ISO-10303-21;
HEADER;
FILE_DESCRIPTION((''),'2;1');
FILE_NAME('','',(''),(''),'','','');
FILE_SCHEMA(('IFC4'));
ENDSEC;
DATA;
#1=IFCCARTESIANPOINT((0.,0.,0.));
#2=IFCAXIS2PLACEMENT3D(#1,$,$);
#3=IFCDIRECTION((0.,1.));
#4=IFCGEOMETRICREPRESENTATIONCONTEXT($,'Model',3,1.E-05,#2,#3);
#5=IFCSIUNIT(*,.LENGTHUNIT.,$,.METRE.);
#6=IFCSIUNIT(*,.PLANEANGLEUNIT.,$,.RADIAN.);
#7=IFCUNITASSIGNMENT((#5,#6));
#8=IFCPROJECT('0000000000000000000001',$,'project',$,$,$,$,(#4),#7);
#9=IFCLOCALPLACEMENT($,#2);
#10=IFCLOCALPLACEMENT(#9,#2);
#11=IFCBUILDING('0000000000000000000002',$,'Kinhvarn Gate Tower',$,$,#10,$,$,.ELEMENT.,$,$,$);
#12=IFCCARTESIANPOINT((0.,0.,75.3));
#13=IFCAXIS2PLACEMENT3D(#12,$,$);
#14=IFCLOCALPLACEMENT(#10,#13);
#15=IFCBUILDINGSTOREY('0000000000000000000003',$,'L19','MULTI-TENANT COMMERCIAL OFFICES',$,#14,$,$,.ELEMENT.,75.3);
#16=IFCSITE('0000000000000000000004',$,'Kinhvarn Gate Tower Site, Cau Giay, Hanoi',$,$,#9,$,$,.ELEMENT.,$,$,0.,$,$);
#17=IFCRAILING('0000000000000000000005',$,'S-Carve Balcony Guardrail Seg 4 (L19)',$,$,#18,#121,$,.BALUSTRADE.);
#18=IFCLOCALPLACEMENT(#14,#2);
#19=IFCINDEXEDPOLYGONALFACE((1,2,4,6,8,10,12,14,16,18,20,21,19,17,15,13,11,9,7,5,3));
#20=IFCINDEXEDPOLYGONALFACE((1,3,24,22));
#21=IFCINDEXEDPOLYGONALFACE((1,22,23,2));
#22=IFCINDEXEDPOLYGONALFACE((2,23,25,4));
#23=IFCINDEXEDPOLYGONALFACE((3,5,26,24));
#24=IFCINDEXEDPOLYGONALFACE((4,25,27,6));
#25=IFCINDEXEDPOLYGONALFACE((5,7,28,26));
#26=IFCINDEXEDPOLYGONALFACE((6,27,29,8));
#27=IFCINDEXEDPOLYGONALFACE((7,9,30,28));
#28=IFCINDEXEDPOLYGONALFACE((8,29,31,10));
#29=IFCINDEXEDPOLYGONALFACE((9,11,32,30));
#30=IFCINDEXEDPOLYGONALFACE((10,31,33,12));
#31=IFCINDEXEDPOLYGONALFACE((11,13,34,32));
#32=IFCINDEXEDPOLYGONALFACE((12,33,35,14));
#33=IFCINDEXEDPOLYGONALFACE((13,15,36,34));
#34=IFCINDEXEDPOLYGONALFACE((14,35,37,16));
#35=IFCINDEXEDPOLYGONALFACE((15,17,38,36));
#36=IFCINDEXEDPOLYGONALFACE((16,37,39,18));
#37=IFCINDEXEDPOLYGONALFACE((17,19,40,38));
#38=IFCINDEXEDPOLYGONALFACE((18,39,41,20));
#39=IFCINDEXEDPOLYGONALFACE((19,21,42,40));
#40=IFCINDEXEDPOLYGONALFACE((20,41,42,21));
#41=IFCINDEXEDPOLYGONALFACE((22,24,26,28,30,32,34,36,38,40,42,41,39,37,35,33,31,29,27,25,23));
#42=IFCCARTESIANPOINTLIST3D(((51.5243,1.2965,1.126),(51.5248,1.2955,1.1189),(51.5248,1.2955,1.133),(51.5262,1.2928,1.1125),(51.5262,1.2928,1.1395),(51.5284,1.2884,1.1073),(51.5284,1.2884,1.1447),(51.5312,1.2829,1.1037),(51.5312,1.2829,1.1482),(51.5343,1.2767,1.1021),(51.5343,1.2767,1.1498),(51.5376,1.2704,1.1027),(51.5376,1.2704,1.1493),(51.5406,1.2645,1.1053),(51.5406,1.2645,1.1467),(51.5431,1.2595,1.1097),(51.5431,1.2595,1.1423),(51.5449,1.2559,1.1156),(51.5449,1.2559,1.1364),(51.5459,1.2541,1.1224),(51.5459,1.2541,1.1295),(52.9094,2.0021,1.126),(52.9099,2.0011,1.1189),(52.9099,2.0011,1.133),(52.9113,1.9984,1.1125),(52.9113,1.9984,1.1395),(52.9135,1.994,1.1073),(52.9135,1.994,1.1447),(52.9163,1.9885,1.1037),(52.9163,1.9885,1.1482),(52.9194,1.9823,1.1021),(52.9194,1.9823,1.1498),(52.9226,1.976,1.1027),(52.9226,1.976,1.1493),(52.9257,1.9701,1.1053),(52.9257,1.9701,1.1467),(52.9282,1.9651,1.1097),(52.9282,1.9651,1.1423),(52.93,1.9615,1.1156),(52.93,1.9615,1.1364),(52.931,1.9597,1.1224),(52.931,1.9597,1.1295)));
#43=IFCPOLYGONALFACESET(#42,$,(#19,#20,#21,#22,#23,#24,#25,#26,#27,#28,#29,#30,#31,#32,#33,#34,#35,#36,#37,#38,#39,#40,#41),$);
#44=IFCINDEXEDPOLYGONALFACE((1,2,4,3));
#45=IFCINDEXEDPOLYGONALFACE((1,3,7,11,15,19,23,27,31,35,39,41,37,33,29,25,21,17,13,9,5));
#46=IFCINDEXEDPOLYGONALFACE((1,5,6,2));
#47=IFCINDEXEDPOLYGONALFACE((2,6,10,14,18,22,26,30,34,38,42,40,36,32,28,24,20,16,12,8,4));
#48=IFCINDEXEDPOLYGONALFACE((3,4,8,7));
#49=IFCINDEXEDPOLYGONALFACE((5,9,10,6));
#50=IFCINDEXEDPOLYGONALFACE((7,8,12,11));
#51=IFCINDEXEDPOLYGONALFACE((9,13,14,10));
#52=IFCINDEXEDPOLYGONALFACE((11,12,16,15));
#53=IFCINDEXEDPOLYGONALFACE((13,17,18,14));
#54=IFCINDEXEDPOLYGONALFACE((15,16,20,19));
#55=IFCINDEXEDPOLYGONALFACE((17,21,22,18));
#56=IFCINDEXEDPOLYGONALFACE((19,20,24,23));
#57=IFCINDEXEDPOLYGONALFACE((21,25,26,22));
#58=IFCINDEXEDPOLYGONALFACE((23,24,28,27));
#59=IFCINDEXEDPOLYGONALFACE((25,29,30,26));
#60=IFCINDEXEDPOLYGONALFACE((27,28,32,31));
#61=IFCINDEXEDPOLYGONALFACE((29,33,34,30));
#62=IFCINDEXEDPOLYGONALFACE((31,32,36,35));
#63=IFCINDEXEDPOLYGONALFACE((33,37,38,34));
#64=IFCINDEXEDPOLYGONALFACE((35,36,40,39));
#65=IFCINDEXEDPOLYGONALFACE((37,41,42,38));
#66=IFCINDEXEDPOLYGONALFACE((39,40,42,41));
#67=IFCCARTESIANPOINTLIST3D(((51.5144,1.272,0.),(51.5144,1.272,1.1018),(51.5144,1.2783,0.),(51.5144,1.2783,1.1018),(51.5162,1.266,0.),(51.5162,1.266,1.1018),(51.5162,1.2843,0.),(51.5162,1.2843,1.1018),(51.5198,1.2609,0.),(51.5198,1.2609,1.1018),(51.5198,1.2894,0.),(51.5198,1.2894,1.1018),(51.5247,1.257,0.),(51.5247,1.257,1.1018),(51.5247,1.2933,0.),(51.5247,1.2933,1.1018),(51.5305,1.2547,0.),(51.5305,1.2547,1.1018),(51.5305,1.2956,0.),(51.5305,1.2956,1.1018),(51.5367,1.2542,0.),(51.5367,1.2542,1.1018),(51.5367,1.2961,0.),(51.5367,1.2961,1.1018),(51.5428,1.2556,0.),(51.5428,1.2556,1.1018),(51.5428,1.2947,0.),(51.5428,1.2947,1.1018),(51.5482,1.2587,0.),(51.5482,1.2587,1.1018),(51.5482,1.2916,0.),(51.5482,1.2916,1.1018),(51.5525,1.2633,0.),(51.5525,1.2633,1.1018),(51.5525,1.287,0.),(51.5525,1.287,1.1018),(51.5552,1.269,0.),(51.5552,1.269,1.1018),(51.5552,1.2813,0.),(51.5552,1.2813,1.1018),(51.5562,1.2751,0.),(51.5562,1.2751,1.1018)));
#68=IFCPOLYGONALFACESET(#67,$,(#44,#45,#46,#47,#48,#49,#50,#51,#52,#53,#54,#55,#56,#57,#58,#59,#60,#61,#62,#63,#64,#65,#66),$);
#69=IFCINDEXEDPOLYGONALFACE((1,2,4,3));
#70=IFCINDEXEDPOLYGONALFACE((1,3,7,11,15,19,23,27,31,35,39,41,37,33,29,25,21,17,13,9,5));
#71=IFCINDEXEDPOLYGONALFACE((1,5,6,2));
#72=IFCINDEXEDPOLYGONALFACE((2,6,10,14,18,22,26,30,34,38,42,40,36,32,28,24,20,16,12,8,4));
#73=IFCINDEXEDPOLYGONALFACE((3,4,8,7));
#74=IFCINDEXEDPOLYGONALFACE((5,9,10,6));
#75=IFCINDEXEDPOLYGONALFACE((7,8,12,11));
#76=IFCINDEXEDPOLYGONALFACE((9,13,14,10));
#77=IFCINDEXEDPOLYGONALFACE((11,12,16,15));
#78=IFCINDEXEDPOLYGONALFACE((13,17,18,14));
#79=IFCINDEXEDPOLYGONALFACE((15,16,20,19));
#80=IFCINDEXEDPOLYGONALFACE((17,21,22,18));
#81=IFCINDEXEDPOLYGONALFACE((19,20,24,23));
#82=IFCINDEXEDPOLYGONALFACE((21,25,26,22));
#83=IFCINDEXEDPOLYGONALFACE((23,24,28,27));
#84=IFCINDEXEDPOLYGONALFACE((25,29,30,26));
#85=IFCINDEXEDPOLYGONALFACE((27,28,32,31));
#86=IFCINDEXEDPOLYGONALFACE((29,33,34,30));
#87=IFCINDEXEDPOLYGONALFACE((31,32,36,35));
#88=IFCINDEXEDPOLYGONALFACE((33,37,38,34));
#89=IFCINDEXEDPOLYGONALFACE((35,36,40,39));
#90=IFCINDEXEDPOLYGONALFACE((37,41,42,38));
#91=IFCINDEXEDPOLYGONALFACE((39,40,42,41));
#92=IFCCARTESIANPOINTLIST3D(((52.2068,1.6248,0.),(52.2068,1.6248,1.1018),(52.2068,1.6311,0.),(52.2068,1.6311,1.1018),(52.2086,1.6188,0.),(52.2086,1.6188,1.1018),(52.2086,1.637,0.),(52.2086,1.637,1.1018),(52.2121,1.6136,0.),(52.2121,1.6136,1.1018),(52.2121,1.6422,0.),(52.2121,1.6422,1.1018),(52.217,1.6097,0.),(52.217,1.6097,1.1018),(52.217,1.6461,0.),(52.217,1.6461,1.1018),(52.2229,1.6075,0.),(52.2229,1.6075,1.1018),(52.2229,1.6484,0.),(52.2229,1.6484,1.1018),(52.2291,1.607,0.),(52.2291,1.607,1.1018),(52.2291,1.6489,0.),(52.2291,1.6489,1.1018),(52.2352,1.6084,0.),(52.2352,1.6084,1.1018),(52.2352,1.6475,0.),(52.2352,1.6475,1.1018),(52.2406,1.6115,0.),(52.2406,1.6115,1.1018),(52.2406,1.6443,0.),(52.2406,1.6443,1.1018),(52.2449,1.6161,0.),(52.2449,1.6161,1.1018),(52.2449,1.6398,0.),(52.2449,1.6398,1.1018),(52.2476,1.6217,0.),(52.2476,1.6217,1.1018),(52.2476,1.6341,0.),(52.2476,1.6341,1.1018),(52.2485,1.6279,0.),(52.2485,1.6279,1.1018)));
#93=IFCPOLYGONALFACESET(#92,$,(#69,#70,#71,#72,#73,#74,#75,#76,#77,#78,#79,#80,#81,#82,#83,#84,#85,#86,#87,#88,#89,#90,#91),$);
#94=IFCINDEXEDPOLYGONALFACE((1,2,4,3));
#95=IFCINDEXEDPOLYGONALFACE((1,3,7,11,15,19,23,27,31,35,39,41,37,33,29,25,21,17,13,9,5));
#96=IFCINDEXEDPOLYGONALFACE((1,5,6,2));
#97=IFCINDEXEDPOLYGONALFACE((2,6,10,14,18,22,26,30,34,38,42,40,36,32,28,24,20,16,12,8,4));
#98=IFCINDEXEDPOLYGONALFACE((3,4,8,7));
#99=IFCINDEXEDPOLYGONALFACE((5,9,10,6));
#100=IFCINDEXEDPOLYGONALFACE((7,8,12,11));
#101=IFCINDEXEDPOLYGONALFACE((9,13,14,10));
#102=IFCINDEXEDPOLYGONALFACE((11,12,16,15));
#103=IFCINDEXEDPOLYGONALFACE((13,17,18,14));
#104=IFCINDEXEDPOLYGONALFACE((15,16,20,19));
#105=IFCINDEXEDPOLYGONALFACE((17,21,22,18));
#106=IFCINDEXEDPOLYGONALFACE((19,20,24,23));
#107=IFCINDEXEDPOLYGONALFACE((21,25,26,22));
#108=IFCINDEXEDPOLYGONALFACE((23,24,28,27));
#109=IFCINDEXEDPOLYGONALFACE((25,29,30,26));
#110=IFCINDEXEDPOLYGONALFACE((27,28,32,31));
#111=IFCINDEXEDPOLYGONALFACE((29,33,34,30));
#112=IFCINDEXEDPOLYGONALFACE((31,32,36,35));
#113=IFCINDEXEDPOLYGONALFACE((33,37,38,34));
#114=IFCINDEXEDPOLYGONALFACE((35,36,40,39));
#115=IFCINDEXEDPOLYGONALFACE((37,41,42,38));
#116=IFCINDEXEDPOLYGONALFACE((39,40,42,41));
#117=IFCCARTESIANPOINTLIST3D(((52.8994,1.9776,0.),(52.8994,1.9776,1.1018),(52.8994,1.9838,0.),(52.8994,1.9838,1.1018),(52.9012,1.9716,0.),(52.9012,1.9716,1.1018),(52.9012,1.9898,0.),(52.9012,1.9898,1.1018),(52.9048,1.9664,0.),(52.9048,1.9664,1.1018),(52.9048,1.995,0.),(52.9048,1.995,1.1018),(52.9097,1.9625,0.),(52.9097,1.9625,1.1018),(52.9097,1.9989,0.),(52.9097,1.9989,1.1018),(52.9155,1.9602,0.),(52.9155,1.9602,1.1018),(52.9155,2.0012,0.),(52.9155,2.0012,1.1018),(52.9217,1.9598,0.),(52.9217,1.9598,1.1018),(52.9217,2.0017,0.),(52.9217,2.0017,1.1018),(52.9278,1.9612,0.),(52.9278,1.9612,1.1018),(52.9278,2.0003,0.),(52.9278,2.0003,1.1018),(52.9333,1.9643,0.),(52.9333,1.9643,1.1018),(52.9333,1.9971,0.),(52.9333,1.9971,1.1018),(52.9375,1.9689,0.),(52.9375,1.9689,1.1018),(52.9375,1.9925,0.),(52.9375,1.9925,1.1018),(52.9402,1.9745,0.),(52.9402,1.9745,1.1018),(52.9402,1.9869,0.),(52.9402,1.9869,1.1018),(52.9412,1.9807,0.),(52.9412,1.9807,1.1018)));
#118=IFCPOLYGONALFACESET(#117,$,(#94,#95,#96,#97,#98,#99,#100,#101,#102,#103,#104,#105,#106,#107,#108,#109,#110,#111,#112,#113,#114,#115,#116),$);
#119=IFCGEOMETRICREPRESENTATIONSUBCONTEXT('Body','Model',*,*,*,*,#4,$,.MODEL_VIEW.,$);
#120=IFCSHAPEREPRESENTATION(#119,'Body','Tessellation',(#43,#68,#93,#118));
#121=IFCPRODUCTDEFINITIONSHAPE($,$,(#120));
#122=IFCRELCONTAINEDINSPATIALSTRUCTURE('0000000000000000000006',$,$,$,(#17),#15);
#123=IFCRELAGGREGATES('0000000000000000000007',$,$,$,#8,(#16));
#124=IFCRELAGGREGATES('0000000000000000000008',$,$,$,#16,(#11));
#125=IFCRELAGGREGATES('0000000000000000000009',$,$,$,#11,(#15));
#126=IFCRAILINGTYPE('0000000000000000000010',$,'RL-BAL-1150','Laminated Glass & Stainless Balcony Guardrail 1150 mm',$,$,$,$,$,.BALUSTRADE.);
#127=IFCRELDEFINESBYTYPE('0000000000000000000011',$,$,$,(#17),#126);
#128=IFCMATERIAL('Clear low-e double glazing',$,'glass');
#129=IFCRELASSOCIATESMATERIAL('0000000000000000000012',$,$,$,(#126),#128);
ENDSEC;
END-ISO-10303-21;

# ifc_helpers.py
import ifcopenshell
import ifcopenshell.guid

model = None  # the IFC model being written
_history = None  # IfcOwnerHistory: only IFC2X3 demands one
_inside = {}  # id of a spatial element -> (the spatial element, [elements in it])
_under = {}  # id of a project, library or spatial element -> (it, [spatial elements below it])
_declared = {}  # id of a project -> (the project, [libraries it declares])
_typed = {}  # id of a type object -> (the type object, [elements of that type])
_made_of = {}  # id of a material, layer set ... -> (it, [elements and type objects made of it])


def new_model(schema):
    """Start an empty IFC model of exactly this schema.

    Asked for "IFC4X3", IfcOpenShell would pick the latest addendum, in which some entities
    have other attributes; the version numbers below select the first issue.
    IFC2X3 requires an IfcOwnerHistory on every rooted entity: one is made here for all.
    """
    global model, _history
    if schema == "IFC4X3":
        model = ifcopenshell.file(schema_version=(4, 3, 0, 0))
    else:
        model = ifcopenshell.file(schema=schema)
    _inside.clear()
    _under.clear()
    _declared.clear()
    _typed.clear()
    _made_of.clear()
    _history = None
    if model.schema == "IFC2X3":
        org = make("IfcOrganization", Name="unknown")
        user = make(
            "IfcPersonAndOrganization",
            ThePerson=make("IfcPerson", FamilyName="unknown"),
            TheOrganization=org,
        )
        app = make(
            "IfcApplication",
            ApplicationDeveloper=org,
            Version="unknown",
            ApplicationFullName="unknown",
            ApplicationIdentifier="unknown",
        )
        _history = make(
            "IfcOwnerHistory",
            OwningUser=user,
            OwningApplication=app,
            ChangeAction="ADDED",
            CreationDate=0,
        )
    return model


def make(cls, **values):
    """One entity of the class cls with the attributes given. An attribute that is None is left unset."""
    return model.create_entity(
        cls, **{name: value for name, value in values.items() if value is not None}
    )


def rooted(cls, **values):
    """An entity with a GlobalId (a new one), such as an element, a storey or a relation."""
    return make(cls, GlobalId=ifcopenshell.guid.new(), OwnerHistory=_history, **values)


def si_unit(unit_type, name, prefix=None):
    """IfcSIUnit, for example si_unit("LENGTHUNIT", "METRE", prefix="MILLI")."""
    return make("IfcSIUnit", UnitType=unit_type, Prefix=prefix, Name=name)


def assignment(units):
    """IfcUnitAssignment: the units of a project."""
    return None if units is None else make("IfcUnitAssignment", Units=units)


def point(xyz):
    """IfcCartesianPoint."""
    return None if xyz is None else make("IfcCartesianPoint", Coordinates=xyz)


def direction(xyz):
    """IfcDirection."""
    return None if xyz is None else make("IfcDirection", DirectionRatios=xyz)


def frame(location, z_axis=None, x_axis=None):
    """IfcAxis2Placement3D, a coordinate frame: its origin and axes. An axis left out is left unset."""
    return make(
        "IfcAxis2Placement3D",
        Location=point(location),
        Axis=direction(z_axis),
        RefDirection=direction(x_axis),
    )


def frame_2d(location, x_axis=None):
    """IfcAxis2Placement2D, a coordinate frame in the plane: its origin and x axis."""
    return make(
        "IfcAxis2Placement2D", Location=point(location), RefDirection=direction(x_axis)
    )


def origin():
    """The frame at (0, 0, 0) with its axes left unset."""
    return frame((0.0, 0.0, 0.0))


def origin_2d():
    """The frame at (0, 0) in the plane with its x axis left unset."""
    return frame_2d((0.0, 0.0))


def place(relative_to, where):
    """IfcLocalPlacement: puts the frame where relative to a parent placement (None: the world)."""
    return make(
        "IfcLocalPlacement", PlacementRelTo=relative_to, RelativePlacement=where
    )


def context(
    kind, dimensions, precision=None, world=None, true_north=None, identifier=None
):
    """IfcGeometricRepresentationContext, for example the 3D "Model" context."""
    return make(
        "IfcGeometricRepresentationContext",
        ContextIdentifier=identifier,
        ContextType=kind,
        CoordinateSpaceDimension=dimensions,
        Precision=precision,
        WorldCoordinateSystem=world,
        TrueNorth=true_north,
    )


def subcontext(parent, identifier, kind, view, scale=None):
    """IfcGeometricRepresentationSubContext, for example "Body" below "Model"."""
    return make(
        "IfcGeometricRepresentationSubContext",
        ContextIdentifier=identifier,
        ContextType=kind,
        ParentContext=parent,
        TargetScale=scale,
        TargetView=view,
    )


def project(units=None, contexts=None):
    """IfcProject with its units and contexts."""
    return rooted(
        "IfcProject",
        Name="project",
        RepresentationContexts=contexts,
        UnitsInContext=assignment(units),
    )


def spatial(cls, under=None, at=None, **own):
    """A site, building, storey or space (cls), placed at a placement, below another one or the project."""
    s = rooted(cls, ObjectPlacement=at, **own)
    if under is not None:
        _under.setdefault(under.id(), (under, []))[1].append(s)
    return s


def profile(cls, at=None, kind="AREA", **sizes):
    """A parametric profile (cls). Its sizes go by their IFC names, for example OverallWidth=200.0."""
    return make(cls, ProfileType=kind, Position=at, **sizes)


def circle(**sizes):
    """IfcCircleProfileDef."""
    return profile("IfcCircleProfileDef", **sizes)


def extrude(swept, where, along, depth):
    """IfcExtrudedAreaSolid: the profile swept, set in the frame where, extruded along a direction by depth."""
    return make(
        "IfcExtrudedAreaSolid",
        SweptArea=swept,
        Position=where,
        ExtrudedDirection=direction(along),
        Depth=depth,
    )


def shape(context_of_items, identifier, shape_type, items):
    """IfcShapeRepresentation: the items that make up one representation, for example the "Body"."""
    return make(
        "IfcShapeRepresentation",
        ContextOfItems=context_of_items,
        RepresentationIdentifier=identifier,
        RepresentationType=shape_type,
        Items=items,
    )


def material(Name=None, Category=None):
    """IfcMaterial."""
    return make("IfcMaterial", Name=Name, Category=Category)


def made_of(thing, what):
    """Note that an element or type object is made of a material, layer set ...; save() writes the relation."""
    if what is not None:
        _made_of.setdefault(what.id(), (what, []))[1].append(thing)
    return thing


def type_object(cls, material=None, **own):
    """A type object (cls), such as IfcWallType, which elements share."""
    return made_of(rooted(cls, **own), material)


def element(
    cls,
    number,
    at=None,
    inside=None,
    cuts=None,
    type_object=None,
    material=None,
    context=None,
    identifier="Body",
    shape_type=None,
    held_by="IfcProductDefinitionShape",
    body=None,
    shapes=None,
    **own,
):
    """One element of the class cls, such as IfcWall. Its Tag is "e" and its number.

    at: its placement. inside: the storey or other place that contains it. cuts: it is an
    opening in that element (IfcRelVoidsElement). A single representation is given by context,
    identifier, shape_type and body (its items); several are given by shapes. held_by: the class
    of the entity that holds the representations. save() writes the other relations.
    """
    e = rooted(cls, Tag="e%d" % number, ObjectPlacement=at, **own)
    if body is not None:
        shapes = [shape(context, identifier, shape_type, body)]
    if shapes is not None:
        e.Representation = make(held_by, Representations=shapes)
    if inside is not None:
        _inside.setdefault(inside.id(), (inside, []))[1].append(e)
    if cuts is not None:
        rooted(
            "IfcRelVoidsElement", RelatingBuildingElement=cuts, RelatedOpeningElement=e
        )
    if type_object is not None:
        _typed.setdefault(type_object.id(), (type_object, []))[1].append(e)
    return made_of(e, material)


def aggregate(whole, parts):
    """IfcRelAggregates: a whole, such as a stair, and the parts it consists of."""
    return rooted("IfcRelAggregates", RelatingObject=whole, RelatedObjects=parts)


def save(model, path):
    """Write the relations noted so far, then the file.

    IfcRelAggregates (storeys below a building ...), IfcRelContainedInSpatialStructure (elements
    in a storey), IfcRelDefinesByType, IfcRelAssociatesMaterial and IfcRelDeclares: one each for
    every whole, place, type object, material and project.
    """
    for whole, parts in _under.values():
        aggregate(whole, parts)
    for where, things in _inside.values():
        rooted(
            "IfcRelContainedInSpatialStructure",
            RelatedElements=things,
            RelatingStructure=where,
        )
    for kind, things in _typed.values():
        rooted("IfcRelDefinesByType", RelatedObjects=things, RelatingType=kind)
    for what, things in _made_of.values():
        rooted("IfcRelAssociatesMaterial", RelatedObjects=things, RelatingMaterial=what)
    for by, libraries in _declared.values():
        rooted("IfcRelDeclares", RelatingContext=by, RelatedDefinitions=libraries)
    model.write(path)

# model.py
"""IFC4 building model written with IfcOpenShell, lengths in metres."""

from ifc_helpers import new_model, si_unit, direction, frame, origin, origin_2d, place, context, subcontext, project, spatial, circle, extrude, material, type_object, element, save


model = new_model("IFC4")

# Units and contexts
model_context = context("Model", 3, precision=1e-05, world=origin(), true_north=direction((0.0, 1.0)))
body_context = subcontext(model_context, "Body", "Model", "MODEL_VIEW")
ifc_project = project(units=[si_unit("LENGTHUNIT", "METRE"), si_unit("PLANEANGLEUNIT", "RADIAN")], contexts=[model_context])

# Site, building, storey
site_placement = place(None, origin())
site = spatial("IfcSite", under=ifc_project, at=site_placement, Name="Kinhvarn Gate Tower Site, Cau Giay, Hanoi", CompositionType="ELEMENT", RefElevation=0.0)
building_placement = place(site_placement, origin())
building = spatial("IfcBuilding", under=site, at=building_placement, Name="Kinhvarn Gate Tower", CompositionType="ELEMENT")
storey_placement = place(building_placement, frame((0.0, 0.0, 75.3)))
storey = spatial("IfcBuildingStorey", under=building, at=storey_placement, Name="L19", Description="MULTI-TENANT COMMERCIAL OFFICES", CompositionType="ELEMENT", Elevation=75.3)

# Shared definitions
ifc_material_1 = material(Name="Clear low-e double glazing", Category="glass")

# Railing
railing_type = type_object("IfcRailingType", Name="RL-BAL-1150", Description="Laminated Glass & Stainless Balcony Guardrail 1150 mm", PredefinedType="BALUSTRADE", material=ifc_material_1)
railing_1_placement = place(storey_placement, frame((51.5352, 1.2751, 0.0)))
element("IfcRailing", 1, at=railing_1_placement, inside=storey, type_object=railing_type, Name="S-Carve Balcony Guardrail Seg 4 (L19)", PredefinedType="BALUSTRADE", context=body_context, shape_type="SweptSolid", body=[
    extrude(circle(Radius=0.0239, at=origin_2d()), frame((0.0, 0.0, 1.126), z_axis=(0.891041, 0.453923, 0.0), x_axis=(-0.453923, 0.891041, 0.0)), (0.0, 0.0, 1.0), 1.5544),
    extrude(circle(Radius=0.021, at=origin_2d()), origin(), (0.0, 0.0, 1.0), 1.1018),
    extrude(circle(Radius=0.021, at=origin_2d()), frame((0.6924, 0.3528, 0.0)), (0.0, 0.0, 1.0), 1.1018),
    extrude(circle(Radius=0.021, at=origin_2d()), frame((1.385, 0.7056, 0.0)), (0.0, 0.0, 1.0), 1.1018),
])

save(model, "model.ifc")
